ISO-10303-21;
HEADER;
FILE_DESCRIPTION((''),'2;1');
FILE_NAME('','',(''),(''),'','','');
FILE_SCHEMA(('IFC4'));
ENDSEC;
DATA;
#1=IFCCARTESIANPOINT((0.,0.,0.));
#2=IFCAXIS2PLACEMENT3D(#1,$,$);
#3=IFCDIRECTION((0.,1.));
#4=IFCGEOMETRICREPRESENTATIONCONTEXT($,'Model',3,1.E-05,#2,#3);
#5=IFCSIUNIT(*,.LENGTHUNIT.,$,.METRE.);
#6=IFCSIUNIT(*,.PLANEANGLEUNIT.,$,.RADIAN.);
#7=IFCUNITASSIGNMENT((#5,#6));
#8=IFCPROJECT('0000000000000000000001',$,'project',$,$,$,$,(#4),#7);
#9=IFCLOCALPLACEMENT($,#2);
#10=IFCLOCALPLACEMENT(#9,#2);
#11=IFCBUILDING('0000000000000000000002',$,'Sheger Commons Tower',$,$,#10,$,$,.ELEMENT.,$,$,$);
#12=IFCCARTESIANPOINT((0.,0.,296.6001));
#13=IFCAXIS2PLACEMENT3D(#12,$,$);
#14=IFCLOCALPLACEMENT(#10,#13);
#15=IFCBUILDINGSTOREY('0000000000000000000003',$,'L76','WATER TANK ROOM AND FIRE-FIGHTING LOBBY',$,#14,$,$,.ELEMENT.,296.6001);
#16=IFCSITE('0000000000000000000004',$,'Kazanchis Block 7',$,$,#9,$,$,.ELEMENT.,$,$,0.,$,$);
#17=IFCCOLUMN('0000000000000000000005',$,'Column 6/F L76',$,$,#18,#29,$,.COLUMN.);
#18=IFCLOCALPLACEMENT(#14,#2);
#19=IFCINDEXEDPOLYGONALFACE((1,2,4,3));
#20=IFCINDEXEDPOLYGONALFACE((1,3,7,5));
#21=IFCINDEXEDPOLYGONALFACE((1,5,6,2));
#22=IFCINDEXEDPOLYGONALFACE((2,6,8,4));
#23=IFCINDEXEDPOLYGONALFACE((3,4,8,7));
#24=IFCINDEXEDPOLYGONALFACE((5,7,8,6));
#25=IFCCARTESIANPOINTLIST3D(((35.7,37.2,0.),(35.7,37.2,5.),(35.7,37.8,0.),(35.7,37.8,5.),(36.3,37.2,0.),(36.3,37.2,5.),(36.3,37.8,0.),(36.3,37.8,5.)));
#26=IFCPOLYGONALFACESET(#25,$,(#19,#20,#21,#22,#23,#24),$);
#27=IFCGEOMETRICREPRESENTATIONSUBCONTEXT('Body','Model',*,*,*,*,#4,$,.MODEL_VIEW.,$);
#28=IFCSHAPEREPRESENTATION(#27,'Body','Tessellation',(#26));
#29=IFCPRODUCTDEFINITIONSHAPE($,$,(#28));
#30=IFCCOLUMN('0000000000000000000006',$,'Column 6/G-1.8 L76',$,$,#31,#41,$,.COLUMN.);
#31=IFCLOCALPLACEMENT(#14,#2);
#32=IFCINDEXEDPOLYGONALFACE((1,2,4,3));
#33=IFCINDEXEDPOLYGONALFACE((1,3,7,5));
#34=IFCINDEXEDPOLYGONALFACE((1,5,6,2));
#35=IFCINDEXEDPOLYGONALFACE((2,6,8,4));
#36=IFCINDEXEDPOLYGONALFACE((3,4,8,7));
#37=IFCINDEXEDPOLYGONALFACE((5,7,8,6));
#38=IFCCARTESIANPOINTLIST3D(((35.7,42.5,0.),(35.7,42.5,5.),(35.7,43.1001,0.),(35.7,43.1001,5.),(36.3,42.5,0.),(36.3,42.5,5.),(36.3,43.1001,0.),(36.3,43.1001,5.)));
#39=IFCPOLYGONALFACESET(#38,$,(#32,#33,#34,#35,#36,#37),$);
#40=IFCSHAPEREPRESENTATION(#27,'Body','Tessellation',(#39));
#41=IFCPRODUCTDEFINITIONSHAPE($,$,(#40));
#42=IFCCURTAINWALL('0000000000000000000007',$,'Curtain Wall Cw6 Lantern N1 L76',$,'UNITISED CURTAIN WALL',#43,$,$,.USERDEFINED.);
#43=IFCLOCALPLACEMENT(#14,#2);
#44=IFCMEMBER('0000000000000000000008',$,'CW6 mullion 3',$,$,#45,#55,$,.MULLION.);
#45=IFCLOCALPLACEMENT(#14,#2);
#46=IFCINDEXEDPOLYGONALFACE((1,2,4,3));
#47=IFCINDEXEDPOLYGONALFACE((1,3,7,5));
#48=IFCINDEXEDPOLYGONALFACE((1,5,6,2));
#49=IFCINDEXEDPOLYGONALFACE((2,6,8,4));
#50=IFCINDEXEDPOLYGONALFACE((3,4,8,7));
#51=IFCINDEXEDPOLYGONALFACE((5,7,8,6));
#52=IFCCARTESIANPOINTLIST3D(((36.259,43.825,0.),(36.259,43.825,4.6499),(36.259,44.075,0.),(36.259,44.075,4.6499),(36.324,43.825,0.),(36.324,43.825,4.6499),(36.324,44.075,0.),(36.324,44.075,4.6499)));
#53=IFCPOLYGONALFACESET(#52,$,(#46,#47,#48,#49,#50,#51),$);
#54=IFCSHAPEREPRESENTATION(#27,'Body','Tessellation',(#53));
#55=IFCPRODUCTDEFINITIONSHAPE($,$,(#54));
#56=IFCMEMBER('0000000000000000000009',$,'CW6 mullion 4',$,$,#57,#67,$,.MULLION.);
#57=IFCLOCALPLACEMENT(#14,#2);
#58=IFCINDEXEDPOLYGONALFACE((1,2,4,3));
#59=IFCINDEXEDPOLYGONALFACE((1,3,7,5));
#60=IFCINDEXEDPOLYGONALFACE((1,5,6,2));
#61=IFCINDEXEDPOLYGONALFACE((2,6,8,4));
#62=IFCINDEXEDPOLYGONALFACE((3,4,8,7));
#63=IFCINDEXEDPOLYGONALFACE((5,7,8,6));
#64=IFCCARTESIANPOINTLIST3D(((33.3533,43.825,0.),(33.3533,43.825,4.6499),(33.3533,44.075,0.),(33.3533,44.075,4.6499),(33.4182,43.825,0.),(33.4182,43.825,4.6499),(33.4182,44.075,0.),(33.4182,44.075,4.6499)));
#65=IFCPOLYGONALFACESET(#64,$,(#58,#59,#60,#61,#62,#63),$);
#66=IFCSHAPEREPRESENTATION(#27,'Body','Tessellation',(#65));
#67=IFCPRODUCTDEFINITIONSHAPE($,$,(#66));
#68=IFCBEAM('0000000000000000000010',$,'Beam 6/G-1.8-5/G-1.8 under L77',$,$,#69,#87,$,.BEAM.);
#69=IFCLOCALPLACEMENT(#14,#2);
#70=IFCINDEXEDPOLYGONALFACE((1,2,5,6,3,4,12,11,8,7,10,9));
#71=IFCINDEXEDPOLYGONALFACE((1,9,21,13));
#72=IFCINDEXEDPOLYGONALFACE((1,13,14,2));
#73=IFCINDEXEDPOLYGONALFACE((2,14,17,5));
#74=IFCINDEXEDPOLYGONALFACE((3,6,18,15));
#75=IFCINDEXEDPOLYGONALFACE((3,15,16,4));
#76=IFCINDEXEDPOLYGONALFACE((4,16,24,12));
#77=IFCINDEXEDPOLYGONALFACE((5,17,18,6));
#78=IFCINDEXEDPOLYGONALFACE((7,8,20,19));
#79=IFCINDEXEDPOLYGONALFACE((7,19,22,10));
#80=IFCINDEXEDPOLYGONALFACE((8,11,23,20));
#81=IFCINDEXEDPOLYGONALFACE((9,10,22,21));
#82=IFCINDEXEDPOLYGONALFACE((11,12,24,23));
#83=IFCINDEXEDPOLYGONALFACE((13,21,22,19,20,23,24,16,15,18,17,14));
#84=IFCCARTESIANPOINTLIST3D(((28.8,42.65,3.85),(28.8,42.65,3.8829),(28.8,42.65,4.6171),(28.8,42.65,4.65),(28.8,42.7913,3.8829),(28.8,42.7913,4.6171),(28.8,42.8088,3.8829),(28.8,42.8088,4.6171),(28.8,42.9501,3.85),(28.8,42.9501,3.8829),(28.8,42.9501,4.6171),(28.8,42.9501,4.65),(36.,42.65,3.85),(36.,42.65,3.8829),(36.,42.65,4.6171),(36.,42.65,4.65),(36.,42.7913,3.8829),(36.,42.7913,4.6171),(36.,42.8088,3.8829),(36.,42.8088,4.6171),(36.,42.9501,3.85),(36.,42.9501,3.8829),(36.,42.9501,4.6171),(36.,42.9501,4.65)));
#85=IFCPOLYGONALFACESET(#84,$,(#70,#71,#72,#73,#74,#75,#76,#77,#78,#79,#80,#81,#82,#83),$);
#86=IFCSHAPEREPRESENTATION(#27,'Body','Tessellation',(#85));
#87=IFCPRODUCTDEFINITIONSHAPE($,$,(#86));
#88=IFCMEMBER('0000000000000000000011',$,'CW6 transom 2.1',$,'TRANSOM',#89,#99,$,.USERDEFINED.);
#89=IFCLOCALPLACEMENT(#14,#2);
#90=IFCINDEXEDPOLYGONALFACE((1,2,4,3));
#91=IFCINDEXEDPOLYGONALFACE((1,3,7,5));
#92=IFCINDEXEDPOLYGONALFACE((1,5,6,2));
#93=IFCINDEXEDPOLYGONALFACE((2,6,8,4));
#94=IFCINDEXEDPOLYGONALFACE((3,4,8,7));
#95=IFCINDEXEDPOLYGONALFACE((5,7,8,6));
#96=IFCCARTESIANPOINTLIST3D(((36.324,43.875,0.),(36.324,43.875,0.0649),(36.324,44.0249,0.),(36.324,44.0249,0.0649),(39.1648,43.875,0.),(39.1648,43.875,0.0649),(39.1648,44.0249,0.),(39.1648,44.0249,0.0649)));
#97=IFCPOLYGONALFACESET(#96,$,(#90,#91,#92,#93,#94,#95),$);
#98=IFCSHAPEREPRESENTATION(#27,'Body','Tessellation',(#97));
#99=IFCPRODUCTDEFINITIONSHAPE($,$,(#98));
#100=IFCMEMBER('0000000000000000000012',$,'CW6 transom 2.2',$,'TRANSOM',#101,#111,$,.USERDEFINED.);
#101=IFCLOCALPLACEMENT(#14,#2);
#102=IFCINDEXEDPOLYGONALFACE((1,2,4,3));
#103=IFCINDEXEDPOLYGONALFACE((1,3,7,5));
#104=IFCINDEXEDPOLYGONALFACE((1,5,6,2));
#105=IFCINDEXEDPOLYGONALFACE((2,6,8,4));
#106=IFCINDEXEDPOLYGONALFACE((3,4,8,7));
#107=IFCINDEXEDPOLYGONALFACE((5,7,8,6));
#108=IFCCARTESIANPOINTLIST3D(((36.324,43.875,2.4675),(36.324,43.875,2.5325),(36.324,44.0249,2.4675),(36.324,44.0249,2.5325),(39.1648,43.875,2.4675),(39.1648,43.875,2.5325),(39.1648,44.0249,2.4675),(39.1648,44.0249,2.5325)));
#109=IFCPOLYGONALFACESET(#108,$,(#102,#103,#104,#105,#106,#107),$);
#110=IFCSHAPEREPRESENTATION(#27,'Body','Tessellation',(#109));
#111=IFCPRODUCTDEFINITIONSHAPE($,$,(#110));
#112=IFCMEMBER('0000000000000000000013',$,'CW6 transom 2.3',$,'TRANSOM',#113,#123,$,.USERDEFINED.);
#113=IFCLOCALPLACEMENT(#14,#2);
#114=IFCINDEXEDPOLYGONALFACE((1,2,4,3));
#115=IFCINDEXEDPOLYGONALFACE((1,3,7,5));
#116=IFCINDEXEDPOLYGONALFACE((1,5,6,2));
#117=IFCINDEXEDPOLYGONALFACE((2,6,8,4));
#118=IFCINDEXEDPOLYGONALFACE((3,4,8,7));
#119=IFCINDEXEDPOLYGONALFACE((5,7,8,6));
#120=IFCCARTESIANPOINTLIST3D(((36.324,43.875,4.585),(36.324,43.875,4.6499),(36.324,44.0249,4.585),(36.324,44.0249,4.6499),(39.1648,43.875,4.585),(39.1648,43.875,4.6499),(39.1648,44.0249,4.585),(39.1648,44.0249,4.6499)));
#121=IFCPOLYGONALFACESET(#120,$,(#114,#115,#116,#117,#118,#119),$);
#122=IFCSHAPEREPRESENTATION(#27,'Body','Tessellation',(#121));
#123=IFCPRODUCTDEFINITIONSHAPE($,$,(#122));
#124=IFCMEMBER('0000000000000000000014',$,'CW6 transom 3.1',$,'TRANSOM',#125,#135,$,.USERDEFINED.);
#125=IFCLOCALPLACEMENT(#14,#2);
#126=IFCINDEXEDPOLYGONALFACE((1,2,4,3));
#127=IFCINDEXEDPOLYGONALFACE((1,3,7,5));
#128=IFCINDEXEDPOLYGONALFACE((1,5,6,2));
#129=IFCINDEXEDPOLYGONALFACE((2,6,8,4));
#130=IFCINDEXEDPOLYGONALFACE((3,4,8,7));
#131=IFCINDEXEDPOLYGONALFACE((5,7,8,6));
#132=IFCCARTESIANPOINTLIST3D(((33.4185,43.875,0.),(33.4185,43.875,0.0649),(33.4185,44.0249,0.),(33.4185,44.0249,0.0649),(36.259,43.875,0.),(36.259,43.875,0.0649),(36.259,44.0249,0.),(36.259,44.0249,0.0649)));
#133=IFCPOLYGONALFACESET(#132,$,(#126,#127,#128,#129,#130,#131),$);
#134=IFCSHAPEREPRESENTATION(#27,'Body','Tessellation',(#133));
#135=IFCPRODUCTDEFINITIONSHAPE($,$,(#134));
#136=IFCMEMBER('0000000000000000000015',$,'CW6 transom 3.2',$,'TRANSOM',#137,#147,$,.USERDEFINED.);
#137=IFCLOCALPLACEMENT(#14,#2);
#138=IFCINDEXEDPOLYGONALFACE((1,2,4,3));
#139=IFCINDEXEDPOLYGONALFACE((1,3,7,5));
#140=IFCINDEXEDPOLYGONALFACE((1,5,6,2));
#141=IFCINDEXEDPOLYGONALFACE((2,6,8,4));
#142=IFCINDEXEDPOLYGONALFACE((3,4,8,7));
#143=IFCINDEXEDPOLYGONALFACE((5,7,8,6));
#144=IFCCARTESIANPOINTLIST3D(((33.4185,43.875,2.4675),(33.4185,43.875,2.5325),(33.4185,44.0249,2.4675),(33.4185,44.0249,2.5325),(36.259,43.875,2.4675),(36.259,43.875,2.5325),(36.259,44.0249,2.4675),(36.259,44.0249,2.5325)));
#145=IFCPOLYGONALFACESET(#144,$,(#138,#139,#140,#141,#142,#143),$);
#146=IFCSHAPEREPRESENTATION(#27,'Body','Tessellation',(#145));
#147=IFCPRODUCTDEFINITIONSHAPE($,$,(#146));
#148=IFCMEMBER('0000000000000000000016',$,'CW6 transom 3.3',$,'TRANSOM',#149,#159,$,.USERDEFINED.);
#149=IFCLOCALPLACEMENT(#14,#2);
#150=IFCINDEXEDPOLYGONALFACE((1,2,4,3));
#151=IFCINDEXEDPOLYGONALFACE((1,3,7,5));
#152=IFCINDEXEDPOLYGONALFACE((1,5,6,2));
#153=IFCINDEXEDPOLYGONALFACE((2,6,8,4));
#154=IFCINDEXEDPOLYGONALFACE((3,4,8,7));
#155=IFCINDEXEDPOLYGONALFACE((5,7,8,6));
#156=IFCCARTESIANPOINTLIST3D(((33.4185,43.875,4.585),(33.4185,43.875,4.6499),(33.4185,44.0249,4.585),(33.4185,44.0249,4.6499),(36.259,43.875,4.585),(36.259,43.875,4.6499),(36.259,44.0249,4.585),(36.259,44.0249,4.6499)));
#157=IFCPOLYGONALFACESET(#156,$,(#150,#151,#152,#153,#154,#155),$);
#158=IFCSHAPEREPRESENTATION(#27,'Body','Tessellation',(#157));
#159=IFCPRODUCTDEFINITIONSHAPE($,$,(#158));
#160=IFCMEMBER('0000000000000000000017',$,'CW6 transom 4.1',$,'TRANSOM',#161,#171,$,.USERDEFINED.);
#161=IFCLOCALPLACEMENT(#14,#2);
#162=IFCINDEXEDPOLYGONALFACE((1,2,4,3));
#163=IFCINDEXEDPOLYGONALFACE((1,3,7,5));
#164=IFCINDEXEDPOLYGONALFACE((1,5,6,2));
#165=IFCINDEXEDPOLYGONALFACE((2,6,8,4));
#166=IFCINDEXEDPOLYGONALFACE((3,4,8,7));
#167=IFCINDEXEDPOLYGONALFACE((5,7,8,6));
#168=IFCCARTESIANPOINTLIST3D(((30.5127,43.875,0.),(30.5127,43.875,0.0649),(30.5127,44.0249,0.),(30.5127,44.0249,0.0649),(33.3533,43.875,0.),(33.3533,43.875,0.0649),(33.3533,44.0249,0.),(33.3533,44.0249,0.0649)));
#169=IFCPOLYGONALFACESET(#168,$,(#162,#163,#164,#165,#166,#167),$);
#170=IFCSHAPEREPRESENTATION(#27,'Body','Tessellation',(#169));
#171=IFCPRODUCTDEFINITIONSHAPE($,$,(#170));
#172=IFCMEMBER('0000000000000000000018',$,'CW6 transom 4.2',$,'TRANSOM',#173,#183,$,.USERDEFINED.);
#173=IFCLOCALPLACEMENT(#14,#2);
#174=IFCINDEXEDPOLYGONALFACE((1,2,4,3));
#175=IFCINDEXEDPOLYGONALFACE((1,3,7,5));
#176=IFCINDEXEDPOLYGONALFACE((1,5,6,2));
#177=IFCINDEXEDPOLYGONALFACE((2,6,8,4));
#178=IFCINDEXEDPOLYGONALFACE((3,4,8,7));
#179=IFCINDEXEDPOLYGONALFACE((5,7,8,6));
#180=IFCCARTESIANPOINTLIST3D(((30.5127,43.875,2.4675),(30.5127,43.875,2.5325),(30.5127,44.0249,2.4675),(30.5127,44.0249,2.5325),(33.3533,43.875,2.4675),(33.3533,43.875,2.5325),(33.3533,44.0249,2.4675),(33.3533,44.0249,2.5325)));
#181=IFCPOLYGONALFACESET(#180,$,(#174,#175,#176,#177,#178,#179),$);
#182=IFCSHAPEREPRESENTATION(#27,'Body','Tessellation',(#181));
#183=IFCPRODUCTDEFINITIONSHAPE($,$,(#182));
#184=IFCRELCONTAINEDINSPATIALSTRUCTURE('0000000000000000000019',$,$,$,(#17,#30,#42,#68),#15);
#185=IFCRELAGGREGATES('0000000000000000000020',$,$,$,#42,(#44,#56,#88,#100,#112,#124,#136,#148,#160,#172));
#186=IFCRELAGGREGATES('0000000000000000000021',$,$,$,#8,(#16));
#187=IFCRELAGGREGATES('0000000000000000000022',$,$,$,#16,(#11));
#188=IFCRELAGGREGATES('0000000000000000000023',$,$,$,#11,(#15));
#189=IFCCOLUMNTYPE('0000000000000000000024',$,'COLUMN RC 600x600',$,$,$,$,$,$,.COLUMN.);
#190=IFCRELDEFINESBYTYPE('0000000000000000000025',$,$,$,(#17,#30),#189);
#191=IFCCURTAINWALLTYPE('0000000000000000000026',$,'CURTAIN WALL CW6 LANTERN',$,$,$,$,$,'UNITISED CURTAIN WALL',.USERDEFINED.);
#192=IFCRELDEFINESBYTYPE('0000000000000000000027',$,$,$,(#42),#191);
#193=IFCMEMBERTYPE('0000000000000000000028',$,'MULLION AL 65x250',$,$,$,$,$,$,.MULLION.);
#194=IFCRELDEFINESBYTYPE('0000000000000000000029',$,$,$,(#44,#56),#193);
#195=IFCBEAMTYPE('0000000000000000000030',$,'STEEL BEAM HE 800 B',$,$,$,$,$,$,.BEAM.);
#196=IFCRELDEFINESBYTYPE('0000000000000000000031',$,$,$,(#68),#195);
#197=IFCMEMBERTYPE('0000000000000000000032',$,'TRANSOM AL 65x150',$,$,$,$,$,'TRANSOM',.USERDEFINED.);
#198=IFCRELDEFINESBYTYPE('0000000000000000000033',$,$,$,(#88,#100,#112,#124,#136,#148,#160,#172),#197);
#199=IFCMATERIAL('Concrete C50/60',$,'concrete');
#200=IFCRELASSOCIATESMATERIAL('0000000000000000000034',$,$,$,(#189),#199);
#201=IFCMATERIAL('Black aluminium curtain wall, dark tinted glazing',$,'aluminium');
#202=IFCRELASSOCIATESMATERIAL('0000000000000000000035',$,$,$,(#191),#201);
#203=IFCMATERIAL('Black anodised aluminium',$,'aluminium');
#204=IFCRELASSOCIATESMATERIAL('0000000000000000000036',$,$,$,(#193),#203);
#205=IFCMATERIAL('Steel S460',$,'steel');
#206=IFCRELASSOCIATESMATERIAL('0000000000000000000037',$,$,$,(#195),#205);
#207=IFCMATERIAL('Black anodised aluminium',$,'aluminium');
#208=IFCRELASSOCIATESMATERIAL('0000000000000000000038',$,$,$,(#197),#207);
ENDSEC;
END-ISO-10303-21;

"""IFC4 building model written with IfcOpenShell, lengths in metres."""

from ifc_helpers import new_model, si_unit, direction, frame, origin, origin_2d, place, context, subcontext, project, spatial, rectangle, i_section, extrude, material, material_profile, profile_set, type_object, element, aggregate, save


model = new_model("IFC4")

# Units and contexts
model_context = context("Model", 3, precision=1e-05, world=origin(), true_north=direction((0.0, 1.0)))
body_context = subcontext(model_context, "Body", "Model", "MODEL_VIEW")
ifc_project = project(units=[si_unit("LENGTHUNIT", "METRE"), si_unit("PLANEANGLEUNIT", "RADIAN")], contexts=[model_context])

# Site, building, storey
site_placement = place(None, origin())
site = spatial("IfcSite", under=ifc_project, at=site_placement, Name="Kazanchis Block 7", CompositionType="ELEMENT", RefElevation=0.0)
building_placement = place(site_placement, origin())
building = spatial("IfcBuilding", under=site, at=building_placement, Name="Sheger Commons Tower", CompositionType="ELEMENT")
storey_placement = place(building_placement, frame((0.0, 0.0, 296.6001)))
storey = spatial("IfcBuildingStorey", under=building, at=storey_placement, Name="L76", Description="WATER TANK ROOM AND FIRE-FIGHTING LOBBY", CompositionType="ELEMENT", Elevation=296.6001)

# Columns
ifc_material_1 = material(Name="Concrete C50/60", Category="concrete")
ifc_material_profile_1 = material_profile(ifc_material_1, rectangle(XDim=0.6001, YDim=0.6001, at=origin_2d()), Name="RC 600x600")
ifc_profile_set_1 = profile_set([ifc_material_profile_1], Name="Concrete C50/60")
column_type = type_object("IfcColumnType", Name="COLUMN RC 600x600", PredefinedType="COLUMN", material=ifc_profile_set_1)
for number, where, z_axis, x_axis, name in (
    (1, (36.0, 37.5, 0.0), (0.0, 0.0, 1.0), (1.0, 0.0, 0.0), "Column 6/F L76"),
    (2, (36.0, 42.8, 0.0), (0.0, 0.0, 1.0), (1.0, 0.0, 0.0), "Column 6/G-1.8 L76"),
):
    element("IfcColumn", number, at=place(storey_placement, frame(where, z_axis=z_axis, x_axis=x_axis)), inside=storey, type_object=column_type, Name=name, PredefinedType="COLUMN", context=body_context, shape_type="SweptSolid", body=[
        extrude(rectangle(XDim=0.6001, YDim=0.6001, at=origin_2d()), origin(), (0.0, 0.0, 1.0), 5.0),
    ])

# Curtain wall, members
ifc_material_2 = material(Name="Black aluminium curtain wall, dark tinted glazing", Category="aluminium")
curtain_wall_type = type_object("IfcCurtainWallType", Name="CURTAIN WALL CW6 LANTERN", ElementType="UNITISED CURTAIN WALL", PredefinedType="USERDEFINED", material=ifc_material_2)
curtain_wall_placement = place(storey_placement, origin())
curtain_wall = element("IfcCurtainWall", 3, at=curtain_wall_placement, inside=storey, type_object=curtain_wall_type, Name="Curtain Wall Cw6 Lantern N1 L76", ObjectType="UNITISED CURTAIN WALL", PredefinedType="USERDEFINED")
ifc_material_3 = material(Name="Black anodised aluminium", Category="aluminium")
ifc_material_profile_2 = material_profile(ifc_material_3, rectangle(XDim=0.25, YDim=0.0649, at=origin_2d()), Name="AL 65x250")
ifc_profile_set_2 = profile_set([ifc_material_profile_2], Name="Black anodised aluminium")
member_type_1 = type_object("IfcMemberType", Name="MULLION AL 65x250", PredefinedType="MULLION", material=ifc_profile_set_2)
member_1_placement = place(storey_placement, frame((36.2915, 43.95, 0.0), z_axis=(0.0, 0.0, 1.0), x_axis=(0.0, -1.0, 0.0)))
member_1 = element("IfcMember", 4, at=member_1_placement, type_object=member_type_1, Name="CW6 mullion 3", PredefinedType="MULLION", context=body_context, shape_type="SweptSolid", body=[
    extrude(rectangle(XDim=0.25, YDim=0.0649, at=origin_2d()), origin(), (0.0, 0.0, 1.0), 4.6499),
])
member_2_placement = place(storey_placement, frame((33.3857, 43.95, 0.0), z_axis=(0.0, 0.0, 1.0), x_axis=(0.0, -1.0, 0.0)))
member_2 = element("IfcMember", 5, at=member_2_placement, type_object=member_type_1, Name="CW6 mullion 4", PredefinedType="MULLION", context=body_context, shape_type="SweptSolid", body=[
    extrude(rectangle(XDim=0.25, YDim=0.0649, at=origin_2d()), origin(), (0.0, 0.0, 1.0), 4.6499),
])

# Beam
ifc_material_4 = material(Name="Steel S460", Category="steel")
ifc_material_profile_3 = material_profile(ifc_material_4, i_section(OverallWidth=0.3, OverallDepth=0.8, WebThickness=0.0176, FlangeThickness=0.033, at=origin_2d()), Name="HE 800 B")
ifc_profile_set_3 = profile_set([ifc_material_profile_3], Name="Steel S460")
beam_type = type_object("IfcBeamType", Name="STEEL BEAM HE 800 B", PredefinedType="BEAM", material=ifc_profile_set_3)
beam_placement = place(storey_placement, frame((36.0, 42.8, 4.25), z_axis=(-1.0, 0.0, 0.0), x_axis=(0.0, -1.0, 0.0)))
element("IfcBeam", 6, at=beam_placement, inside=storey, type_object=beam_type, Name="Beam 6/G-1.8-5/G-1.8 under L77", PredefinedType="BEAM", context=body_context, shape_type="SweptSolid", body=[
    extrude(i_section(OverallWidth=0.3, OverallDepth=0.8, WebThickness=0.0176, FlangeThickness=0.033, at=origin_2d()), origin(), (0.0, 0.0, 1.0), 7.2),
])

# Members
ifc_material_5 = material(Name="Black anodised aluminium", Category="aluminium")
ifc_material_profile_4 = material_profile(ifc_material_5, rectangle(XDim=0.1499, YDim=0.0649, at=origin_2d()), Name="AL 65x150")
ifc_profile_set_4 = profile_set([ifc_material_profile_4], Name="Black anodised aluminium")
member_type_2 = type_object("IfcMemberType", Name="TRANSOM AL 65x150", ElementType="TRANSOM", PredefinedType="USERDEFINED", material=ifc_profile_set_4)
member_3_placement = place(storey_placement, frame((39.1648, 43.95, 0.0325), z_axis=(-1.0, 0.0, 0.0), x_axis=(0.0, -1.0, 0.0)))
member_3 = element("IfcMember", 7, at=member_3_placement, type_object=member_type_2, Name="CW6 transom 2.1", ObjectType="TRANSOM", PredefinedType="USERDEFINED", context=body_context, shape_type="SweptSolid", body=[
    extrude(rectangle(XDim=0.1499, YDim=0.0649, at=origin_2d()), origin(), (0.0, 0.0, 1.0), 2.8408),
])
member_4_placement = place(storey_placement, frame((39.1648, 43.95, 2.5), z_axis=(-1.0, 0.0, 0.0), x_axis=(0.0, -1.0, 0.0)))
member_4 = element("IfcMember", 8, at=member_4_placement, type_object=member_type_2, Name="CW6 transom 2.2", ObjectType="TRANSOM", PredefinedType="USERDEFINED", context=body_context, shape_type="SweptSolid", body=[
    extrude(rectangle(XDim=0.1499, YDim=0.0649, at=origin_2d()), origin(), (0.0, 0.0, 1.0), 2.8408),
])
member_5_placement = place(storey_placement, frame((39.1648, 43.95, 4.6174), z_axis=(-1.0, 0.0, 0.0), x_axis=(0.0, -1.0, 0.0)))
member_5 = element("IfcMember", 9, at=member_5_placement, type_object=member_type_2, Name="CW6 transom 2.3", ObjectType="TRANSOM", PredefinedType="USERDEFINED", context=body_context, shape_type="SweptSolid", body=[
    extrude(rectangle(XDim=0.1499, YDim=0.0649, at=origin_2d()), origin(), (0.0, 0.0, 1.0), 2.8408),
])
member_6_placement = place(storey_placement, frame((36.259, 43.95, 0.0325), z_axis=(-1.0, 0.0, 0.0), x_axis=(0.0, -1.0, 0.0)))
member_6 = element("IfcMember", 10, at=member_6_placement, type_object=member_type_2, Name="CW6 transom 3.1", ObjectType="TRANSOM", PredefinedType="USERDEFINED", context=body_context, shape_type="SweptSolid", body=[
    extrude(rectangle(XDim=0.1499, YDim=0.0649, at=origin_2d()), origin(), (0.0, 0.0, 1.0), 2.8406),
])
member_7_placement = place(storey_placement, frame((36.259, 43.95, 2.5), z_axis=(-1.0, 0.0, 0.0), x_axis=(0.0, -1.0, 0.0)))
member_7 = element("IfcMember", 11, at=member_7_placement, type_object=member_type_2, Name="CW6 transom 3.2", ObjectType="TRANSOM", PredefinedType="USERDEFINED", context=body_context, shape_type="SweptSolid", body=[
    extrude(rectangle(XDim=0.1499, YDim=0.0649, at=origin_2d()), origin(), (0.0, 0.0, 1.0), 2.8406),
])
member_8_placement = place(storey_placement, frame((36.259, 43.95, 4.6174), z_axis=(-1.0, 0.0, 0.0), x_axis=(0.0, -1.0, 0.0)))
member_8 = element("IfcMember", 12, at=member_8_placement, type_object=member_type_2, Name="CW6 transom 3.3", ObjectType="TRANSOM", PredefinedType="USERDEFINED", context=body_context, shape_type="SweptSolid", body=[
    extrude(rectangle(XDim=0.1499, YDim=0.0649, at=origin_2d()), origin(), (0.0, 0.0, 1.0), 2.8406),
])
member_9_placement = place(storey_placement, frame((33.3533, 43.95, 0.0325), z_axis=(-1.0, 0.0, 0.0), x_axis=(0.0, -1.0, 0.0)))
member_9 = element("IfcMember", 13, at=member_9_placement, type_object=member_type_2, Name="CW6 transom 4.1", ObjectType="TRANSOM", PredefinedType="USERDEFINED", context=body_context, shape_type="SweptSolid", body=[
    extrude(rectangle(XDim=0.1499, YDim=0.0649, at=origin_2d()), origin(), (0.0, 0.0, 1.0), 2.8406),
])
member_10_placement = place(storey_placement, frame((33.3533, 43.95, 2.5), z_axis=(-1.0, 0.0, 0.0), x_axis=(0.0, -1.0, 0.0)))
member_10 = element("IfcMember", 14, at=member_10_placement, type_object=member_type_2, Name="CW6 transom 4.2", ObjectType="TRANSOM", PredefinedType="USERDEFINED", context=body_context, shape_type="SweptSolid", body=[
    extrude(rectangle(XDim=0.1499, YDim=0.0649, at=origin_2d()), origin(), (0.0, 0.0, 1.0), 2.8406),
])

aggregate(curtain_wall, [member_1, member_2, member_3, member_4, member_5, member_6, member_7, member_8, member_9, member_10])

save(model, "model.ifc")
